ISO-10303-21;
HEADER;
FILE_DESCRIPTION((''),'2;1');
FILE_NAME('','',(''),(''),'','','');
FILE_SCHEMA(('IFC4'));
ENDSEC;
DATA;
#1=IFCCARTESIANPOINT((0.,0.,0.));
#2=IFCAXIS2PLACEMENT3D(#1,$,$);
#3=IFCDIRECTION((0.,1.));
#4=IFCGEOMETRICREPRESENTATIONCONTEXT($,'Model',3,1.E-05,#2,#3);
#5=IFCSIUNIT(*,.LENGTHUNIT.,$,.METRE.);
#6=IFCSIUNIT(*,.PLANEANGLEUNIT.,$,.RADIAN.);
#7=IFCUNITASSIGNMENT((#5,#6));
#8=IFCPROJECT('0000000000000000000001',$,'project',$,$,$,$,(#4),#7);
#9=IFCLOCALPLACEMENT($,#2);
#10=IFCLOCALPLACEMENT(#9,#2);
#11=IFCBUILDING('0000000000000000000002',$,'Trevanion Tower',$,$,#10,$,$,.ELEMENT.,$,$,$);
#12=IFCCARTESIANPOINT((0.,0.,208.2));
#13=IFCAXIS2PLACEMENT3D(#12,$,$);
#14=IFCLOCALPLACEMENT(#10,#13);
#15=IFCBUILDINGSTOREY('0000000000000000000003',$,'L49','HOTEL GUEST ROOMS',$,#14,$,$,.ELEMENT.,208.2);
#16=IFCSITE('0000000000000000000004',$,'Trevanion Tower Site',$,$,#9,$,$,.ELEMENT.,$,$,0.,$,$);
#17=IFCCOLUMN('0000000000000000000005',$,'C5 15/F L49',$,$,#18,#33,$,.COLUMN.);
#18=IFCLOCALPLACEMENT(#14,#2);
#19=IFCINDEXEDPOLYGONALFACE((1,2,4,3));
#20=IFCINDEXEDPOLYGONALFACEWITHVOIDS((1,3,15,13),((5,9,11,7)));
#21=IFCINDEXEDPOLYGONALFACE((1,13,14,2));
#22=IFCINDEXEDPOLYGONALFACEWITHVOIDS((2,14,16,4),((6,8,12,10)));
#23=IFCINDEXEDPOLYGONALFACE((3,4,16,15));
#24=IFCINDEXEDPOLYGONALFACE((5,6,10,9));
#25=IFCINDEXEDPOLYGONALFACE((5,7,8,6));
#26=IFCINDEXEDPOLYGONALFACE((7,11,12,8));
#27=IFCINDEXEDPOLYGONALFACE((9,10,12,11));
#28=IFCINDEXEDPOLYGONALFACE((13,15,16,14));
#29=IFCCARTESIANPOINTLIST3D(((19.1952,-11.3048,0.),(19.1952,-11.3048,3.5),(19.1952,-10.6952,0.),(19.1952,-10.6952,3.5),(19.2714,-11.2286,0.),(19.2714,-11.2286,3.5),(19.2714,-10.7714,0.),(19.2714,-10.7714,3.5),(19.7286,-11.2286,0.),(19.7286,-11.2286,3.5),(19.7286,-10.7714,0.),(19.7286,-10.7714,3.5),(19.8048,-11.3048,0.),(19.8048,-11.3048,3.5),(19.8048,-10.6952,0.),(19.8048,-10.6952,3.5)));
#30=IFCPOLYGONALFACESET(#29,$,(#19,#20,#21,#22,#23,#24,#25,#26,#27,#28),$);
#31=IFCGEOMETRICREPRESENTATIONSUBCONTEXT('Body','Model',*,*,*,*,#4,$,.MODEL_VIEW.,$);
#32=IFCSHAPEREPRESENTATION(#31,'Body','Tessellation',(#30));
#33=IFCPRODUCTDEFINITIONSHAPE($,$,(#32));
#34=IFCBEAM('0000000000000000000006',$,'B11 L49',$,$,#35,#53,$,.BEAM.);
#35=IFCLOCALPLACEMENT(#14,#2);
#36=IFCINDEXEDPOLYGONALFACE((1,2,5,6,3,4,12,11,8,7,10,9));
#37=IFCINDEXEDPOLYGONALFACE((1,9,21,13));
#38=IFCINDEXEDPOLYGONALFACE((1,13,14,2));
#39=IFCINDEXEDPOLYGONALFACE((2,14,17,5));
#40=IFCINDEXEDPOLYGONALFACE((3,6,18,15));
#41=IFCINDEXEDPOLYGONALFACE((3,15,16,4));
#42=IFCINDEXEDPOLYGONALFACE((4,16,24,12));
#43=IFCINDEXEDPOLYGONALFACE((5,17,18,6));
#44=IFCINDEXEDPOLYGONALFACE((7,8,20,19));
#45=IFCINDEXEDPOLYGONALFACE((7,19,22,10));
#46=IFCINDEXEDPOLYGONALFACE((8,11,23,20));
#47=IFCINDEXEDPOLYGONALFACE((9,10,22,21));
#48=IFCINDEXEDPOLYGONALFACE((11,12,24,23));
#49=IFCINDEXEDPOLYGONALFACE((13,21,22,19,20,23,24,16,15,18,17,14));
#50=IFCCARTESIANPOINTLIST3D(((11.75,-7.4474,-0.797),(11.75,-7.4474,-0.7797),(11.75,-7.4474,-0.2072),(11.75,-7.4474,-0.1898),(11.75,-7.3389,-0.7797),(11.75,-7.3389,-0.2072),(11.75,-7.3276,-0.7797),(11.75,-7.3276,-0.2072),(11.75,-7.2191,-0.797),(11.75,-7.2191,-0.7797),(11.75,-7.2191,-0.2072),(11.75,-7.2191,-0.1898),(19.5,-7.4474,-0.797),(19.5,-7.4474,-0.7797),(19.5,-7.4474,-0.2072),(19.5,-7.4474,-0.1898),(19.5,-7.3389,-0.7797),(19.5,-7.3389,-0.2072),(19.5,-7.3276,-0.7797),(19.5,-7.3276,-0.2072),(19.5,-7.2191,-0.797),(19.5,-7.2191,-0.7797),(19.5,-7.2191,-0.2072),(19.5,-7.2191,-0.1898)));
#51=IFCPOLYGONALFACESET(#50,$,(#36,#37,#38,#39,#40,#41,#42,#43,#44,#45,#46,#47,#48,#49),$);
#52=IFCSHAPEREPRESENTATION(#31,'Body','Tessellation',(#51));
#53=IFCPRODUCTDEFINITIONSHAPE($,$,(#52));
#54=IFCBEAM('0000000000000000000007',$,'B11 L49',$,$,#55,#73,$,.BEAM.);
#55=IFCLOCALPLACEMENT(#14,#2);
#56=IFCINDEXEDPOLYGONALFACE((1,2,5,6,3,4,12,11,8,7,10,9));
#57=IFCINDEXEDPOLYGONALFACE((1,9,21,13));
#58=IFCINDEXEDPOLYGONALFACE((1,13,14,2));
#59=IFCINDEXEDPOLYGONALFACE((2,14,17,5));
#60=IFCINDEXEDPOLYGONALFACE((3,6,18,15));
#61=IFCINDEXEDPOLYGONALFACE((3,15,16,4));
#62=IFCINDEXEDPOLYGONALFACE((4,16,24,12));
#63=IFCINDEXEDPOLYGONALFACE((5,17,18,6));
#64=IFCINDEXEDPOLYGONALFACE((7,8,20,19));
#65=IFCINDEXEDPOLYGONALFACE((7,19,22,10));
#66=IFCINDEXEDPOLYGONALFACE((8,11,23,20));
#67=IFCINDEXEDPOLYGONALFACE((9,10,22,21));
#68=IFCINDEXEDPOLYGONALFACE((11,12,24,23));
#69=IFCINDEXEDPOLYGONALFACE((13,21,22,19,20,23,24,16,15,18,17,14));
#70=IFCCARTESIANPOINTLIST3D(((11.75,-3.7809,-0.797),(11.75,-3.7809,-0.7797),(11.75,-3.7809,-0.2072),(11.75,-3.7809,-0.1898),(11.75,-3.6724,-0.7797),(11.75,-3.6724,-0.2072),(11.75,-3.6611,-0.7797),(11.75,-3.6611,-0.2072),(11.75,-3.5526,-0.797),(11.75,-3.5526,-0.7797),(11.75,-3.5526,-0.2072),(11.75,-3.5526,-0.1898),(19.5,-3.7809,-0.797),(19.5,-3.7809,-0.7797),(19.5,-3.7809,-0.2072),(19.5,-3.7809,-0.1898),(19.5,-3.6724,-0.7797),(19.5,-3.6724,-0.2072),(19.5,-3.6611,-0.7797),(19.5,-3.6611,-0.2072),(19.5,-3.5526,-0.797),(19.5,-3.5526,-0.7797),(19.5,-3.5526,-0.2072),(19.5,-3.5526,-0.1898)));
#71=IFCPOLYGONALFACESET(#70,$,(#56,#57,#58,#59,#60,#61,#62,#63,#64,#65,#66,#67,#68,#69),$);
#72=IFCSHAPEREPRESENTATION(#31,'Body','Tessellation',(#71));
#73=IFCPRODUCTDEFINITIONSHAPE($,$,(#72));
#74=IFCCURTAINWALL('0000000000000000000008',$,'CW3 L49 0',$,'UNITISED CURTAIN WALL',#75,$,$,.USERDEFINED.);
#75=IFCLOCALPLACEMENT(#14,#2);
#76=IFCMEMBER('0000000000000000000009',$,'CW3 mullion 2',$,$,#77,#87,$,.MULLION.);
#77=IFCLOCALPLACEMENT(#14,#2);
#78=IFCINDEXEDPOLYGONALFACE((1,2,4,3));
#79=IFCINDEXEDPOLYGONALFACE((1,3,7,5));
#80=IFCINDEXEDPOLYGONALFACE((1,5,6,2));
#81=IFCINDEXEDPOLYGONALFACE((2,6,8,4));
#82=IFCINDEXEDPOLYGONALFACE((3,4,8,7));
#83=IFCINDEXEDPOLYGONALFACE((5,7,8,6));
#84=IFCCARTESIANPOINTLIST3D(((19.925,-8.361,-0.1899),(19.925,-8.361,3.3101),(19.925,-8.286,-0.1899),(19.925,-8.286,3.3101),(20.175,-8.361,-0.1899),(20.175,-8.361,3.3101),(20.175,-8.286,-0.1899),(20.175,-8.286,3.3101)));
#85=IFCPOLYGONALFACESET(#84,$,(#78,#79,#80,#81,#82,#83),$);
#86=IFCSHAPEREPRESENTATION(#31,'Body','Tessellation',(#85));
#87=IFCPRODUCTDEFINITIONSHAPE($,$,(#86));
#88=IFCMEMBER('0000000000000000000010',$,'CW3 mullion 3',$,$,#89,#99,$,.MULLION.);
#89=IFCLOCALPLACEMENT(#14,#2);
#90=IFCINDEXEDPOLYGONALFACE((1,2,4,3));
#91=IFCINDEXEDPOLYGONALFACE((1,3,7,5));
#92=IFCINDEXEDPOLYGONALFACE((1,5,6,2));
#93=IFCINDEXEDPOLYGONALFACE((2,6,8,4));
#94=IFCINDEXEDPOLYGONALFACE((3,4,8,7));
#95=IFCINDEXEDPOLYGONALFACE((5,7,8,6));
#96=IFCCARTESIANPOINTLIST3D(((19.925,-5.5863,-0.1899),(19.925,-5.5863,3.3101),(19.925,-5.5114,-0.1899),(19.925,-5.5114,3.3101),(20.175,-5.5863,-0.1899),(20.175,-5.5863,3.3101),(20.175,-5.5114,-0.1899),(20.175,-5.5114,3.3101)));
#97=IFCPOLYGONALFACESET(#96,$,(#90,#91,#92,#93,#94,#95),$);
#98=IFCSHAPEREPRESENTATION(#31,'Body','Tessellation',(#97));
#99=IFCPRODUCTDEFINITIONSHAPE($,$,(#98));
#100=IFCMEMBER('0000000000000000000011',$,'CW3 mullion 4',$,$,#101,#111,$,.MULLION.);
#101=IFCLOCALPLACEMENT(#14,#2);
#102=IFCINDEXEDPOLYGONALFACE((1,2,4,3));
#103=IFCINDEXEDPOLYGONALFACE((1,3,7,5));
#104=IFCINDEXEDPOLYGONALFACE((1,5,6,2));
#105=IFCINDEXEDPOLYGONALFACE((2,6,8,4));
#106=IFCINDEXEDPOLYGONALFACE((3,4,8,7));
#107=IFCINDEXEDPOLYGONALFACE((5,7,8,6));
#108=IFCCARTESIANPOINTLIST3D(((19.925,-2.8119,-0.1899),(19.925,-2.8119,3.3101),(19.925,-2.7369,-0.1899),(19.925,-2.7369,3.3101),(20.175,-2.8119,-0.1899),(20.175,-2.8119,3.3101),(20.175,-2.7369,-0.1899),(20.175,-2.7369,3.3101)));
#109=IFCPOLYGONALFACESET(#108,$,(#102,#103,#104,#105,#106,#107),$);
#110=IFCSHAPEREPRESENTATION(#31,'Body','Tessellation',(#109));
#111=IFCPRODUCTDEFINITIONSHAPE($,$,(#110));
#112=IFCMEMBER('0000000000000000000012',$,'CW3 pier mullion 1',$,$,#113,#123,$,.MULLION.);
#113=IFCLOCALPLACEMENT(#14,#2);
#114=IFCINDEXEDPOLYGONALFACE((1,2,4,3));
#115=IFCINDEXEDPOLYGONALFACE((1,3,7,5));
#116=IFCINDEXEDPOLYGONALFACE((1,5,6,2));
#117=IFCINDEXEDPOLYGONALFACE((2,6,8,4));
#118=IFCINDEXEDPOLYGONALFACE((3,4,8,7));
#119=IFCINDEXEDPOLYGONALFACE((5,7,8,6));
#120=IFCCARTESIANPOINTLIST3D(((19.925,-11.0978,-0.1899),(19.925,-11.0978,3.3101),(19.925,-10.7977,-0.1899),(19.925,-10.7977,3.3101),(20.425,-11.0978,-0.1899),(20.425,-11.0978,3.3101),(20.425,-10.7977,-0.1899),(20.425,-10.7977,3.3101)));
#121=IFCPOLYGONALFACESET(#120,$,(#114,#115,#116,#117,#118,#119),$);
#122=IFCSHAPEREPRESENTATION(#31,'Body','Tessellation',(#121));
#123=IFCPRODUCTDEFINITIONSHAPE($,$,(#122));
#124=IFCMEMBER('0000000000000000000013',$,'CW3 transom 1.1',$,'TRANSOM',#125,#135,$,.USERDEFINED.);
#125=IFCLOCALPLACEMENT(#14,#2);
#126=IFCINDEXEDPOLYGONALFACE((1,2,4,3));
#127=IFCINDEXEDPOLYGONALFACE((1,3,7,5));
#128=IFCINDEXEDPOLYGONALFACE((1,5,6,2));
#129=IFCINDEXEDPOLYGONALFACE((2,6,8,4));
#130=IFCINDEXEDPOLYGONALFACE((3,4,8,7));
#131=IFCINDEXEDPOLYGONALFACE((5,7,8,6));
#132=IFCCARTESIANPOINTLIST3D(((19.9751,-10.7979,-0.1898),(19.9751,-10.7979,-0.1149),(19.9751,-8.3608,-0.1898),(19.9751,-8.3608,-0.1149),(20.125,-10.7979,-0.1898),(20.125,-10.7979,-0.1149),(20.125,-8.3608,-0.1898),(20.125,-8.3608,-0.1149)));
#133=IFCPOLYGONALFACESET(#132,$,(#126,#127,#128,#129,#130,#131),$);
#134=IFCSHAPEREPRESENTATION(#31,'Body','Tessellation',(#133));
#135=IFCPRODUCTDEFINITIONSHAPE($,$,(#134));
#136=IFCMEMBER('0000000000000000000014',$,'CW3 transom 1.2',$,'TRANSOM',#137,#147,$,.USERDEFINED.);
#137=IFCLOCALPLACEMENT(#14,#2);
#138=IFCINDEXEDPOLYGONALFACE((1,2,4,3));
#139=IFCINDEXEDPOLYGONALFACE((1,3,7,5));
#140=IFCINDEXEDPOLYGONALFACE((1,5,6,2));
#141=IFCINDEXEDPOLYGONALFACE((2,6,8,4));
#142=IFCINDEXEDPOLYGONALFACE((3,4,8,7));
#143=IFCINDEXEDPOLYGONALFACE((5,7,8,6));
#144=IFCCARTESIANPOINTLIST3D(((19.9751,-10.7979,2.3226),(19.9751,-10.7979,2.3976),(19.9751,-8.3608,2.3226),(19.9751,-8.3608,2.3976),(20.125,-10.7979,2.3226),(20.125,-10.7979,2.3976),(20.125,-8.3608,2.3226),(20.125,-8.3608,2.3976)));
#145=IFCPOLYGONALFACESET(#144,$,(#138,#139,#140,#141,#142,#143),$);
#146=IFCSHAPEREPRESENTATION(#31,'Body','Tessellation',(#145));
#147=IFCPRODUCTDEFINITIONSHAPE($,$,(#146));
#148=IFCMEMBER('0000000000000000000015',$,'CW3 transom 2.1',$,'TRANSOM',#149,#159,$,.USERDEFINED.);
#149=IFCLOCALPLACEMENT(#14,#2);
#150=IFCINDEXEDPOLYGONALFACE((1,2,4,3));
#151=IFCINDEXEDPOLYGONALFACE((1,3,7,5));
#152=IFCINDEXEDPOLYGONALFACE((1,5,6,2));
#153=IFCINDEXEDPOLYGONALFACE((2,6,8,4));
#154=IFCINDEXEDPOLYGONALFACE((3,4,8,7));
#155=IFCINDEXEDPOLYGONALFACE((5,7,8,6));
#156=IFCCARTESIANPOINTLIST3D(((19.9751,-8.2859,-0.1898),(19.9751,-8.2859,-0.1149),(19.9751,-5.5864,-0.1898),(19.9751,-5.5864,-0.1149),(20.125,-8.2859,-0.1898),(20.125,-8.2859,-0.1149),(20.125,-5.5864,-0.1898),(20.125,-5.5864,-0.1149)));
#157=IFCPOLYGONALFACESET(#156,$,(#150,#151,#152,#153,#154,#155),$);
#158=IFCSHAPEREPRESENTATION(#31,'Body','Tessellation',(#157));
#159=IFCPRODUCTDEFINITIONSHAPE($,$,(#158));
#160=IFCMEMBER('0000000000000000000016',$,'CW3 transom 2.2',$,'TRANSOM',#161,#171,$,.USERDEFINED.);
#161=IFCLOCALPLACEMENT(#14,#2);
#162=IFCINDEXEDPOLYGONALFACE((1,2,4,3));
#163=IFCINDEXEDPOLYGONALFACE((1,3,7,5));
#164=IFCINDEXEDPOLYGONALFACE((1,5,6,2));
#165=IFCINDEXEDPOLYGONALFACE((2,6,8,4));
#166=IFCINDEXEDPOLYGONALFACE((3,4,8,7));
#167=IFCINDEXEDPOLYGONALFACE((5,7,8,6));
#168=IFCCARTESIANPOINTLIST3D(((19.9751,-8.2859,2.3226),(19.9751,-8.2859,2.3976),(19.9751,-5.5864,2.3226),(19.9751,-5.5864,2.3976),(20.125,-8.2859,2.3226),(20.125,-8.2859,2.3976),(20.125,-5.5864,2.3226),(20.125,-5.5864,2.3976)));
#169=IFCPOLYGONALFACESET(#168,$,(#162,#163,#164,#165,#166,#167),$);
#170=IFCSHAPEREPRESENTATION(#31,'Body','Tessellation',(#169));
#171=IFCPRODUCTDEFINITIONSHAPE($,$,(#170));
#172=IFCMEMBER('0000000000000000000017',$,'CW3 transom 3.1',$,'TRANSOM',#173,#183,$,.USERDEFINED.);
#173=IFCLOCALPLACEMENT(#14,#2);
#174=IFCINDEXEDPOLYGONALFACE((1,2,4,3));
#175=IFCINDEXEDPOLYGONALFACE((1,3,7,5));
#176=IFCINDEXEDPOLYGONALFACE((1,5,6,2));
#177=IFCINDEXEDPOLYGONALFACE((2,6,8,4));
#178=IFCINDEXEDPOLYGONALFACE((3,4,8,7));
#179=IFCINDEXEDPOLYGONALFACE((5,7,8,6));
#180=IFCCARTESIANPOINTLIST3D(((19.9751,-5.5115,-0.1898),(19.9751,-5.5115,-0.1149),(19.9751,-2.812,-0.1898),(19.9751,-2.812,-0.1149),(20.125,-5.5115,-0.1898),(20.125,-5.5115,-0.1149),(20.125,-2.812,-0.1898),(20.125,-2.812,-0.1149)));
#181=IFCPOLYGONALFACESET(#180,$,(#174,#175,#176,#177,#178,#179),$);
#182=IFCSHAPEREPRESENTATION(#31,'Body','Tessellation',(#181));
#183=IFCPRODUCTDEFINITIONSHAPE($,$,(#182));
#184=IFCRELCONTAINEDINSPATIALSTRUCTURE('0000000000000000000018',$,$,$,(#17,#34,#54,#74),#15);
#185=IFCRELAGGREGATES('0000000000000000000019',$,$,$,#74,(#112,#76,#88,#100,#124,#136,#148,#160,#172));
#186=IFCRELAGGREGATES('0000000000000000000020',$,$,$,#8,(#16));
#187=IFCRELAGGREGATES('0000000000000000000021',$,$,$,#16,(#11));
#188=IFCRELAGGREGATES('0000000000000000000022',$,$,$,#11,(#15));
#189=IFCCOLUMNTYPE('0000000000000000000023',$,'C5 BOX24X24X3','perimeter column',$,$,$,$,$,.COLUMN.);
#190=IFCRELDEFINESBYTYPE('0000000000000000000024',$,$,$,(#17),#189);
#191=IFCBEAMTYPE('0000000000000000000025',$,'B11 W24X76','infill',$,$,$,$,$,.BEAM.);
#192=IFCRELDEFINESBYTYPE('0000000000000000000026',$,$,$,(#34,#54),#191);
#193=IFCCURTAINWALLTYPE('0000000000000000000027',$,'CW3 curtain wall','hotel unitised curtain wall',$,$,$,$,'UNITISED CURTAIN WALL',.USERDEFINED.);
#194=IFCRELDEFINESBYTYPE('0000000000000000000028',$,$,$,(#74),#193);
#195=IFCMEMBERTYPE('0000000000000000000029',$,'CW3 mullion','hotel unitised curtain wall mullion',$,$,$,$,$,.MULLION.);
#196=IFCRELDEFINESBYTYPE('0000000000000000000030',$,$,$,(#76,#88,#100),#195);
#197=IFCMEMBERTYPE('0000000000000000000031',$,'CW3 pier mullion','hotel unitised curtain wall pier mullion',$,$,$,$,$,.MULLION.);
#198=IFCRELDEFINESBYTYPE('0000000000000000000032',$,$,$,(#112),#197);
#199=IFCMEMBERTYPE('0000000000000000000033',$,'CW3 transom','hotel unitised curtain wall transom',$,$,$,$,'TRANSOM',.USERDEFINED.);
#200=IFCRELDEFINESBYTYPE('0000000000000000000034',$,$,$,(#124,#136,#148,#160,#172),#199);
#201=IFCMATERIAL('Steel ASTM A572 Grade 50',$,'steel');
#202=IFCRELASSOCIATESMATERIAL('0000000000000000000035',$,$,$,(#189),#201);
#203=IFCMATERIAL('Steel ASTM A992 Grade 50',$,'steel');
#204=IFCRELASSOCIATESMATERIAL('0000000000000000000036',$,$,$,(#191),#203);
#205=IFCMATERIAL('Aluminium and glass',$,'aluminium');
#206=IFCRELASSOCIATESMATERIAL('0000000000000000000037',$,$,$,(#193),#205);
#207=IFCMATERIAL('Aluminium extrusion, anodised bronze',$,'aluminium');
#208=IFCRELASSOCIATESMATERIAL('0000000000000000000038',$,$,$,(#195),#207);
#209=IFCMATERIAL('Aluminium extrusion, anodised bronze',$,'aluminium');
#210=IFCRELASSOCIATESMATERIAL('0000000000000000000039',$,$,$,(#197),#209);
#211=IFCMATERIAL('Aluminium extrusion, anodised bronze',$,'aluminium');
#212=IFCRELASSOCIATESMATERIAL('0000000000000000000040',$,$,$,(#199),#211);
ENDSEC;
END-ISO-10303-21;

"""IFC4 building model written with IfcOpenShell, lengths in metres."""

from ifc_helpers import new_model, si_unit, direction, frame, origin, origin_2d, place, context, subcontext, project, spatial, rectangle, hollow_rectangle, i_section, extrude, material, material_profile, profile_set, type_object, element, aggregate, save


model = new_model("IFC4")

# Units and contexts
model_context = context("Model", 3, precision=1e-05, world=origin(), true_north=direction((0.0, 1.0)))
body_context = subcontext(model_context, "Body", "Model", "MODEL_VIEW")
ifc_project = project(units=[si_unit("LENGTHUNIT", "METRE"), si_unit("PLANEANGLEUNIT", "RADIAN")], contexts=[model_context])

# Site, building, storey
site_placement = place(None, origin())
site = spatial("IfcSite", under=ifc_project, at=site_placement, Name="Trevanion Tower Site", CompositionType="ELEMENT", RefElevation=0.0)
building_placement = place(site_placement, origin())
building = spatial("IfcBuilding", under=site, at=building_placement, Name="Trevanion Tower", CompositionType="ELEMENT")
storey_placement = place(building_placement, frame((0.0, 0.0, 208.2)))
storey = spatial("IfcBuildingStorey", under=building, at=storey_placement, Name="L49", Description="HOTEL GUEST ROOMS", CompositionType="ELEMENT", Elevation=208.2)

# Column
ifc_material_1 = material(Name="Steel ASTM A572 Grade 50", Category="steel")
ifc_material_profile_1 = material_profile(ifc_material_1, hollow_rectangle(XDim=0.6096, YDim=0.6096, WallThickness=0.0762, at=origin_2d()), Name="BOX24X24X3")
ifc_profile_set_1 = profile_set([ifc_material_profile_1], Name="Steel ASTM A572 Grade 50")
column_type = type_object("IfcColumnType", Name="C5 BOX24X24X3", Description="perimeter column", PredefinedType="COLUMN", material=ifc_profile_set_1)
column_placement = place(storey_placement, frame((19.5, -11.0, 0.0), z_axis=(0.0, 0.0, 1.0), x_axis=(0.0, 1.0, 0.0)))
element("IfcColumn", 1, at=column_placement, inside=storey, type_object=column_type, Name="C5 15/F L49", PredefinedType="COLUMN", context=body_context, shape_type="SweptSolid", body=[
    extrude(hollow_rectangle(XDim=0.6096, YDim=0.6096, WallThickness=0.0762, at=origin_2d()), origin(), (0.0, 0.0, 1.0), 3.5),
])

# Beams
ifc_material_2 = material(Name="Steel ASTM A992 Grade 50", Category="steel")
ifc_material_profile_2 = material_profile(ifc_material_2, i_section(OverallWidth=0.2283, OverallDepth=0.6072, WebThickness=0.0112, FlangeThickness=0.0173, at=origin_2d()), Name="W24X76")
ifc_profile_set_2 = profile_set([ifc_material_profile_2], Name="Steel ASTM A992 Grade 50")
beam_type_1 = type_object("IfcBeamType", Name="B11 W24X76", Description="infill", PredefinedType="BEAM", material=ifc_profile_set_2)
for number, where, z_axis, x_axis, name in (
    (2, (11.75, -7.3333, -0.4934), (1.0, 0.0, 0.0), (0.0, 1.0, 0.0), "B11 L49"),
    (3, (11.75, -3.6667, -0.4934), (1.0, 0.0, 0.0), (0.0, 1.0, 0.0), "B11 L49"),
):
    element("IfcBeam", number, at=place(storey_placement, frame(where, z_axis=z_axis, x_axis=x_axis)), inside=storey, type_object=beam_type_1, Name=name, PredefinedType="BEAM", context=body_context, shape_type="SweptSolid", body=[
        extrude(i_section(OverallWidth=0.2283, OverallDepth=0.6072, WebThickness=0.0112, FlangeThickness=0.0173, at=origin_2d()), origin(), (0.0, 0.0, 1.0), 7.75),
    ])

# Curtain wall, members
ifc_material_3 = material(Name="Aluminium and glass", Category="aluminium")
curtain_wall_type = type_object("IfcCurtainWallType", Name="CW3 curtain wall", Description="hotel unitised curtain wall", ElementType="UNITISED CURTAIN WALL", PredefinedType="USERDEFINED", material=ifc_material_3)
curtain_wall_placement = place(storey_placement, origin())
curtain_wall = element("IfcCurtainWall", 4, at=curtain_wall_placement, inside=storey, type_object=curtain_wall_type, Name="CW3 L49 0", ObjectType="UNITISED CURTAIN WALL", PredefinedType="USERDEFINED")
ifc_material_4 = material(Name="Aluminium extrusion, anodised bronze", Category="aluminium")
ifc_material_profile_3 = material_profile(ifc_material_4, rectangle(XDim=0.075, YDim=0.25, at=origin_2d()), Name="CW3 mullion")
ifc_profile_set_3 = profile_set([ifc_material_profile_3], Name="Aluminium extrusion, anodised bronze")
member_type_1 = type_object("IfcMemberType", Name="CW3 mullion", Description="hotel unitised curtain wall mullion", PredefinedType="MULLION", material=ifc_profile_set_3)
member_1_placement = place(storey_placement, frame((20.05, -8.3235, -0.1899), z_axis=(0.0, 0.0, 1.0), x_axis=(0.0, 1.0, 0.0)))
member_1 = element("IfcMember", 5, at=member_1_placement, type_object=member_type_1, Name="CW3 mullion 2", PredefinedType="MULLION", context=body_context, shape_type="SweptSolid", body=[
    extrude(rectangle(XDim=0.075, YDim=0.25, at=origin_2d()), origin(), (0.0, 0.0, 1.0), 3.5),
])
member_2_placement = place(storey_placement, frame((20.05, -5.5488, -0.1899), z_axis=(0.0, 0.0, 1.0), x_axis=(0.0, 1.0, 0.0)))
member_2 = element("IfcMember", 6, at=member_2_placement, type_object=member_type_1, Name="CW3 mullion 3", PredefinedType="MULLION", context=body_context, shape_type="SweptSolid", body=[
    extrude(rectangle(XDim=0.075, YDim=0.25, at=origin_2d()), origin(), (0.0, 0.0, 1.0), 3.5),
])
member_3_placement = place(storey_placement, frame((20.05, -2.7744, -0.1899), z_axis=(0.0, 0.0, 1.0), x_axis=(0.0, 1.0, 0.0)))
member_3 = element("IfcMember", 7, at=member_3_placement, type_object=member_type_1, Name="CW3 mullion 4", PredefinedType="MULLION", context=body_context, shape_type="SweptSolid", body=[
    extrude(rectangle(XDim=0.075, YDim=0.25, at=origin_2d()), origin(), (0.0, 0.0, 1.0), 3.5),
])
ifc_material_5 = material(Name="Aluminium extrusion, anodised bronze", Category="aluminium")
ifc_material_profile_4 = material_profile(ifc_material_5, rectangle(XDim=0.3, YDim=0.5, at=origin_2d()), Name="CW3 pier mullion")
ifc_profile_set_4 = profile_set([ifc_material_profile_4], Name="Aluminium extrusion, anodised bronze")
member_type_2 = type_object("IfcMemberType", Name="CW3 pier mullion", Description="hotel unitised curtain wall pier mullion", PredefinedType="MULLION", material=ifc_profile_set_4)
member_4_placement = place(storey_placement, frame((20.175, -10.9478, -0.1899), z_axis=(0.0, 0.0, 1.0), x_axis=(0.0, 1.0, 0.0)))
member_4 = element("IfcMember", 8, at=member_4_placement, type_object=member_type_2, Name="CW3 pier mullion 1", PredefinedType="MULLION", context=body_context, shape_type="SweptSolid", body=[
    extrude(rectangle(XDim=0.3, YDim=0.5, at=origin_2d()), origin(), (0.0, 0.0, 1.0), 3.5),
])
ifc_material_6 = material(Name="Aluminium extrusion, anodised bronze", Category="aluminium")
ifc_material_profile_5 = material_profile(ifc_material_6, rectangle(XDim=0.1499, YDim=0.075, at=origin_2d()), Name="CW3 transom")
ifc_profile_set_5 = profile_set([ifc_material_profile_5], Name="Aluminium extrusion, anodised bronze")
member_type_3 = type_object("IfcMemberType", Name="CW3 transom", Description="hotel unitised curtain wall transom", ElementType="TRANSOM", PredefinedType="USERDEFINED", material=ifc_profile_set_5)
member_5_placement = place(storey_placement, frame((20.05, -10.7979, -0.1523), z_axis=(0.0, 1.0, 0.0), x_axis=(-1.0, 0.0, 0.0)))
member_5 = element("IfcMember", 9, at=member_5_placement, type_object=member_type_3, Name="CW3 transom 1.1", ObjectType="TRANSOM", PredefinedType="USERDEFINED", context=body_context, shape_type="SweptSolid", body=[
    extrude(rectangle(XDim=0.1499, YDim=0.075, at=origin_2d()), origin(), (0.0, 0.0, 1.0), 2.437),
])
member_6_placement = place(storey_placement, frame((20.05, -10.7979, 2.3601), z_axis=(0.0, 1.0, 0.0), x_axis=(-1.0, 0.0, 0.0)))
member_6 = element("IfcMember", 10, at=member_6_placement, type_object=member_type_3, Name="CW3 transom 1.2", ObjectType="TRANSOM", PredefinedType="USERDEFINED", context=body_context, shape_type="SweptSolid", body=[
    extrude(rectangle(XDim=0.1499, YDim=0.075, at=origin_2d()), origin(), (0.0, 0.0, 1.0), 2.437),
])
member_7_placement = place(storey_placement, frame((20.05, -8.2859, -0.1523), z_axis=(0.0, 1.0, 0.0), x_axis=(-1.0, 0.0, 0.0)))
member_7 = element("IfcMember", 11, at=member_7_placement, type_object=member_type_3, Name="CW3 transom 2.1", ObjectType="TRANSOM", PredefinedType="USERDEFINED", context=body_context, shape_type="SweptSolid", body=[
    extrude(rectangle(XDim=0.1499, YDim=0.075, at=origin_2d()), origin(), (0.0, 0.0, 1.0), 2.6995),
])
member_8_placement = place(storey_placement, frame((20.05, -8.2859, 2.3601), z_axis=(0.0, 1.0, 0.0), x_axis=(-1.0, 0.0, 0.0)))
member_8 = element("IfcMember", 12, at=member_8_placement, type_object=member_type_3, Name="CW3 transom 2.2", ObjectType="TRANSOM", PredefinedType="USERDEFINED", context=body_context, shape_type="SweptSolid", body=[
    extrude(rectangle(XDim=0.1499, YDim=0.075, at=origin_2d()), origin(), (0.0, 0.0, 1.0), 2.6995),
])
member_9_placement = place(storey_placement, frame((20.05, -5.5115, -0.1523), z_axis=(0.0, 1.0, 0.0), x_axis=(-1.0, 0.0, 0.0)))
member_9 = element("IfcMember", 13, at=member_9_placement, type_object=member_type_3, Name="CW3 transom 3.1", ObjectType="TRANSOM", PredefinedType="USERDEFINED", context=body_context, shape_type="SweptSolid", body=[
    extrude(rectangle(XDim=0.1499, YDim=0.075, at=origin_2d()), origin(), (0.0, 0.0, 1.0), 2.6995),
])

aggregate(curtain_wall, [member_4, member_1, member_2, member_3, member_5, member_6, member_7, member_8, member_9])

save(model, "model.ifc")
